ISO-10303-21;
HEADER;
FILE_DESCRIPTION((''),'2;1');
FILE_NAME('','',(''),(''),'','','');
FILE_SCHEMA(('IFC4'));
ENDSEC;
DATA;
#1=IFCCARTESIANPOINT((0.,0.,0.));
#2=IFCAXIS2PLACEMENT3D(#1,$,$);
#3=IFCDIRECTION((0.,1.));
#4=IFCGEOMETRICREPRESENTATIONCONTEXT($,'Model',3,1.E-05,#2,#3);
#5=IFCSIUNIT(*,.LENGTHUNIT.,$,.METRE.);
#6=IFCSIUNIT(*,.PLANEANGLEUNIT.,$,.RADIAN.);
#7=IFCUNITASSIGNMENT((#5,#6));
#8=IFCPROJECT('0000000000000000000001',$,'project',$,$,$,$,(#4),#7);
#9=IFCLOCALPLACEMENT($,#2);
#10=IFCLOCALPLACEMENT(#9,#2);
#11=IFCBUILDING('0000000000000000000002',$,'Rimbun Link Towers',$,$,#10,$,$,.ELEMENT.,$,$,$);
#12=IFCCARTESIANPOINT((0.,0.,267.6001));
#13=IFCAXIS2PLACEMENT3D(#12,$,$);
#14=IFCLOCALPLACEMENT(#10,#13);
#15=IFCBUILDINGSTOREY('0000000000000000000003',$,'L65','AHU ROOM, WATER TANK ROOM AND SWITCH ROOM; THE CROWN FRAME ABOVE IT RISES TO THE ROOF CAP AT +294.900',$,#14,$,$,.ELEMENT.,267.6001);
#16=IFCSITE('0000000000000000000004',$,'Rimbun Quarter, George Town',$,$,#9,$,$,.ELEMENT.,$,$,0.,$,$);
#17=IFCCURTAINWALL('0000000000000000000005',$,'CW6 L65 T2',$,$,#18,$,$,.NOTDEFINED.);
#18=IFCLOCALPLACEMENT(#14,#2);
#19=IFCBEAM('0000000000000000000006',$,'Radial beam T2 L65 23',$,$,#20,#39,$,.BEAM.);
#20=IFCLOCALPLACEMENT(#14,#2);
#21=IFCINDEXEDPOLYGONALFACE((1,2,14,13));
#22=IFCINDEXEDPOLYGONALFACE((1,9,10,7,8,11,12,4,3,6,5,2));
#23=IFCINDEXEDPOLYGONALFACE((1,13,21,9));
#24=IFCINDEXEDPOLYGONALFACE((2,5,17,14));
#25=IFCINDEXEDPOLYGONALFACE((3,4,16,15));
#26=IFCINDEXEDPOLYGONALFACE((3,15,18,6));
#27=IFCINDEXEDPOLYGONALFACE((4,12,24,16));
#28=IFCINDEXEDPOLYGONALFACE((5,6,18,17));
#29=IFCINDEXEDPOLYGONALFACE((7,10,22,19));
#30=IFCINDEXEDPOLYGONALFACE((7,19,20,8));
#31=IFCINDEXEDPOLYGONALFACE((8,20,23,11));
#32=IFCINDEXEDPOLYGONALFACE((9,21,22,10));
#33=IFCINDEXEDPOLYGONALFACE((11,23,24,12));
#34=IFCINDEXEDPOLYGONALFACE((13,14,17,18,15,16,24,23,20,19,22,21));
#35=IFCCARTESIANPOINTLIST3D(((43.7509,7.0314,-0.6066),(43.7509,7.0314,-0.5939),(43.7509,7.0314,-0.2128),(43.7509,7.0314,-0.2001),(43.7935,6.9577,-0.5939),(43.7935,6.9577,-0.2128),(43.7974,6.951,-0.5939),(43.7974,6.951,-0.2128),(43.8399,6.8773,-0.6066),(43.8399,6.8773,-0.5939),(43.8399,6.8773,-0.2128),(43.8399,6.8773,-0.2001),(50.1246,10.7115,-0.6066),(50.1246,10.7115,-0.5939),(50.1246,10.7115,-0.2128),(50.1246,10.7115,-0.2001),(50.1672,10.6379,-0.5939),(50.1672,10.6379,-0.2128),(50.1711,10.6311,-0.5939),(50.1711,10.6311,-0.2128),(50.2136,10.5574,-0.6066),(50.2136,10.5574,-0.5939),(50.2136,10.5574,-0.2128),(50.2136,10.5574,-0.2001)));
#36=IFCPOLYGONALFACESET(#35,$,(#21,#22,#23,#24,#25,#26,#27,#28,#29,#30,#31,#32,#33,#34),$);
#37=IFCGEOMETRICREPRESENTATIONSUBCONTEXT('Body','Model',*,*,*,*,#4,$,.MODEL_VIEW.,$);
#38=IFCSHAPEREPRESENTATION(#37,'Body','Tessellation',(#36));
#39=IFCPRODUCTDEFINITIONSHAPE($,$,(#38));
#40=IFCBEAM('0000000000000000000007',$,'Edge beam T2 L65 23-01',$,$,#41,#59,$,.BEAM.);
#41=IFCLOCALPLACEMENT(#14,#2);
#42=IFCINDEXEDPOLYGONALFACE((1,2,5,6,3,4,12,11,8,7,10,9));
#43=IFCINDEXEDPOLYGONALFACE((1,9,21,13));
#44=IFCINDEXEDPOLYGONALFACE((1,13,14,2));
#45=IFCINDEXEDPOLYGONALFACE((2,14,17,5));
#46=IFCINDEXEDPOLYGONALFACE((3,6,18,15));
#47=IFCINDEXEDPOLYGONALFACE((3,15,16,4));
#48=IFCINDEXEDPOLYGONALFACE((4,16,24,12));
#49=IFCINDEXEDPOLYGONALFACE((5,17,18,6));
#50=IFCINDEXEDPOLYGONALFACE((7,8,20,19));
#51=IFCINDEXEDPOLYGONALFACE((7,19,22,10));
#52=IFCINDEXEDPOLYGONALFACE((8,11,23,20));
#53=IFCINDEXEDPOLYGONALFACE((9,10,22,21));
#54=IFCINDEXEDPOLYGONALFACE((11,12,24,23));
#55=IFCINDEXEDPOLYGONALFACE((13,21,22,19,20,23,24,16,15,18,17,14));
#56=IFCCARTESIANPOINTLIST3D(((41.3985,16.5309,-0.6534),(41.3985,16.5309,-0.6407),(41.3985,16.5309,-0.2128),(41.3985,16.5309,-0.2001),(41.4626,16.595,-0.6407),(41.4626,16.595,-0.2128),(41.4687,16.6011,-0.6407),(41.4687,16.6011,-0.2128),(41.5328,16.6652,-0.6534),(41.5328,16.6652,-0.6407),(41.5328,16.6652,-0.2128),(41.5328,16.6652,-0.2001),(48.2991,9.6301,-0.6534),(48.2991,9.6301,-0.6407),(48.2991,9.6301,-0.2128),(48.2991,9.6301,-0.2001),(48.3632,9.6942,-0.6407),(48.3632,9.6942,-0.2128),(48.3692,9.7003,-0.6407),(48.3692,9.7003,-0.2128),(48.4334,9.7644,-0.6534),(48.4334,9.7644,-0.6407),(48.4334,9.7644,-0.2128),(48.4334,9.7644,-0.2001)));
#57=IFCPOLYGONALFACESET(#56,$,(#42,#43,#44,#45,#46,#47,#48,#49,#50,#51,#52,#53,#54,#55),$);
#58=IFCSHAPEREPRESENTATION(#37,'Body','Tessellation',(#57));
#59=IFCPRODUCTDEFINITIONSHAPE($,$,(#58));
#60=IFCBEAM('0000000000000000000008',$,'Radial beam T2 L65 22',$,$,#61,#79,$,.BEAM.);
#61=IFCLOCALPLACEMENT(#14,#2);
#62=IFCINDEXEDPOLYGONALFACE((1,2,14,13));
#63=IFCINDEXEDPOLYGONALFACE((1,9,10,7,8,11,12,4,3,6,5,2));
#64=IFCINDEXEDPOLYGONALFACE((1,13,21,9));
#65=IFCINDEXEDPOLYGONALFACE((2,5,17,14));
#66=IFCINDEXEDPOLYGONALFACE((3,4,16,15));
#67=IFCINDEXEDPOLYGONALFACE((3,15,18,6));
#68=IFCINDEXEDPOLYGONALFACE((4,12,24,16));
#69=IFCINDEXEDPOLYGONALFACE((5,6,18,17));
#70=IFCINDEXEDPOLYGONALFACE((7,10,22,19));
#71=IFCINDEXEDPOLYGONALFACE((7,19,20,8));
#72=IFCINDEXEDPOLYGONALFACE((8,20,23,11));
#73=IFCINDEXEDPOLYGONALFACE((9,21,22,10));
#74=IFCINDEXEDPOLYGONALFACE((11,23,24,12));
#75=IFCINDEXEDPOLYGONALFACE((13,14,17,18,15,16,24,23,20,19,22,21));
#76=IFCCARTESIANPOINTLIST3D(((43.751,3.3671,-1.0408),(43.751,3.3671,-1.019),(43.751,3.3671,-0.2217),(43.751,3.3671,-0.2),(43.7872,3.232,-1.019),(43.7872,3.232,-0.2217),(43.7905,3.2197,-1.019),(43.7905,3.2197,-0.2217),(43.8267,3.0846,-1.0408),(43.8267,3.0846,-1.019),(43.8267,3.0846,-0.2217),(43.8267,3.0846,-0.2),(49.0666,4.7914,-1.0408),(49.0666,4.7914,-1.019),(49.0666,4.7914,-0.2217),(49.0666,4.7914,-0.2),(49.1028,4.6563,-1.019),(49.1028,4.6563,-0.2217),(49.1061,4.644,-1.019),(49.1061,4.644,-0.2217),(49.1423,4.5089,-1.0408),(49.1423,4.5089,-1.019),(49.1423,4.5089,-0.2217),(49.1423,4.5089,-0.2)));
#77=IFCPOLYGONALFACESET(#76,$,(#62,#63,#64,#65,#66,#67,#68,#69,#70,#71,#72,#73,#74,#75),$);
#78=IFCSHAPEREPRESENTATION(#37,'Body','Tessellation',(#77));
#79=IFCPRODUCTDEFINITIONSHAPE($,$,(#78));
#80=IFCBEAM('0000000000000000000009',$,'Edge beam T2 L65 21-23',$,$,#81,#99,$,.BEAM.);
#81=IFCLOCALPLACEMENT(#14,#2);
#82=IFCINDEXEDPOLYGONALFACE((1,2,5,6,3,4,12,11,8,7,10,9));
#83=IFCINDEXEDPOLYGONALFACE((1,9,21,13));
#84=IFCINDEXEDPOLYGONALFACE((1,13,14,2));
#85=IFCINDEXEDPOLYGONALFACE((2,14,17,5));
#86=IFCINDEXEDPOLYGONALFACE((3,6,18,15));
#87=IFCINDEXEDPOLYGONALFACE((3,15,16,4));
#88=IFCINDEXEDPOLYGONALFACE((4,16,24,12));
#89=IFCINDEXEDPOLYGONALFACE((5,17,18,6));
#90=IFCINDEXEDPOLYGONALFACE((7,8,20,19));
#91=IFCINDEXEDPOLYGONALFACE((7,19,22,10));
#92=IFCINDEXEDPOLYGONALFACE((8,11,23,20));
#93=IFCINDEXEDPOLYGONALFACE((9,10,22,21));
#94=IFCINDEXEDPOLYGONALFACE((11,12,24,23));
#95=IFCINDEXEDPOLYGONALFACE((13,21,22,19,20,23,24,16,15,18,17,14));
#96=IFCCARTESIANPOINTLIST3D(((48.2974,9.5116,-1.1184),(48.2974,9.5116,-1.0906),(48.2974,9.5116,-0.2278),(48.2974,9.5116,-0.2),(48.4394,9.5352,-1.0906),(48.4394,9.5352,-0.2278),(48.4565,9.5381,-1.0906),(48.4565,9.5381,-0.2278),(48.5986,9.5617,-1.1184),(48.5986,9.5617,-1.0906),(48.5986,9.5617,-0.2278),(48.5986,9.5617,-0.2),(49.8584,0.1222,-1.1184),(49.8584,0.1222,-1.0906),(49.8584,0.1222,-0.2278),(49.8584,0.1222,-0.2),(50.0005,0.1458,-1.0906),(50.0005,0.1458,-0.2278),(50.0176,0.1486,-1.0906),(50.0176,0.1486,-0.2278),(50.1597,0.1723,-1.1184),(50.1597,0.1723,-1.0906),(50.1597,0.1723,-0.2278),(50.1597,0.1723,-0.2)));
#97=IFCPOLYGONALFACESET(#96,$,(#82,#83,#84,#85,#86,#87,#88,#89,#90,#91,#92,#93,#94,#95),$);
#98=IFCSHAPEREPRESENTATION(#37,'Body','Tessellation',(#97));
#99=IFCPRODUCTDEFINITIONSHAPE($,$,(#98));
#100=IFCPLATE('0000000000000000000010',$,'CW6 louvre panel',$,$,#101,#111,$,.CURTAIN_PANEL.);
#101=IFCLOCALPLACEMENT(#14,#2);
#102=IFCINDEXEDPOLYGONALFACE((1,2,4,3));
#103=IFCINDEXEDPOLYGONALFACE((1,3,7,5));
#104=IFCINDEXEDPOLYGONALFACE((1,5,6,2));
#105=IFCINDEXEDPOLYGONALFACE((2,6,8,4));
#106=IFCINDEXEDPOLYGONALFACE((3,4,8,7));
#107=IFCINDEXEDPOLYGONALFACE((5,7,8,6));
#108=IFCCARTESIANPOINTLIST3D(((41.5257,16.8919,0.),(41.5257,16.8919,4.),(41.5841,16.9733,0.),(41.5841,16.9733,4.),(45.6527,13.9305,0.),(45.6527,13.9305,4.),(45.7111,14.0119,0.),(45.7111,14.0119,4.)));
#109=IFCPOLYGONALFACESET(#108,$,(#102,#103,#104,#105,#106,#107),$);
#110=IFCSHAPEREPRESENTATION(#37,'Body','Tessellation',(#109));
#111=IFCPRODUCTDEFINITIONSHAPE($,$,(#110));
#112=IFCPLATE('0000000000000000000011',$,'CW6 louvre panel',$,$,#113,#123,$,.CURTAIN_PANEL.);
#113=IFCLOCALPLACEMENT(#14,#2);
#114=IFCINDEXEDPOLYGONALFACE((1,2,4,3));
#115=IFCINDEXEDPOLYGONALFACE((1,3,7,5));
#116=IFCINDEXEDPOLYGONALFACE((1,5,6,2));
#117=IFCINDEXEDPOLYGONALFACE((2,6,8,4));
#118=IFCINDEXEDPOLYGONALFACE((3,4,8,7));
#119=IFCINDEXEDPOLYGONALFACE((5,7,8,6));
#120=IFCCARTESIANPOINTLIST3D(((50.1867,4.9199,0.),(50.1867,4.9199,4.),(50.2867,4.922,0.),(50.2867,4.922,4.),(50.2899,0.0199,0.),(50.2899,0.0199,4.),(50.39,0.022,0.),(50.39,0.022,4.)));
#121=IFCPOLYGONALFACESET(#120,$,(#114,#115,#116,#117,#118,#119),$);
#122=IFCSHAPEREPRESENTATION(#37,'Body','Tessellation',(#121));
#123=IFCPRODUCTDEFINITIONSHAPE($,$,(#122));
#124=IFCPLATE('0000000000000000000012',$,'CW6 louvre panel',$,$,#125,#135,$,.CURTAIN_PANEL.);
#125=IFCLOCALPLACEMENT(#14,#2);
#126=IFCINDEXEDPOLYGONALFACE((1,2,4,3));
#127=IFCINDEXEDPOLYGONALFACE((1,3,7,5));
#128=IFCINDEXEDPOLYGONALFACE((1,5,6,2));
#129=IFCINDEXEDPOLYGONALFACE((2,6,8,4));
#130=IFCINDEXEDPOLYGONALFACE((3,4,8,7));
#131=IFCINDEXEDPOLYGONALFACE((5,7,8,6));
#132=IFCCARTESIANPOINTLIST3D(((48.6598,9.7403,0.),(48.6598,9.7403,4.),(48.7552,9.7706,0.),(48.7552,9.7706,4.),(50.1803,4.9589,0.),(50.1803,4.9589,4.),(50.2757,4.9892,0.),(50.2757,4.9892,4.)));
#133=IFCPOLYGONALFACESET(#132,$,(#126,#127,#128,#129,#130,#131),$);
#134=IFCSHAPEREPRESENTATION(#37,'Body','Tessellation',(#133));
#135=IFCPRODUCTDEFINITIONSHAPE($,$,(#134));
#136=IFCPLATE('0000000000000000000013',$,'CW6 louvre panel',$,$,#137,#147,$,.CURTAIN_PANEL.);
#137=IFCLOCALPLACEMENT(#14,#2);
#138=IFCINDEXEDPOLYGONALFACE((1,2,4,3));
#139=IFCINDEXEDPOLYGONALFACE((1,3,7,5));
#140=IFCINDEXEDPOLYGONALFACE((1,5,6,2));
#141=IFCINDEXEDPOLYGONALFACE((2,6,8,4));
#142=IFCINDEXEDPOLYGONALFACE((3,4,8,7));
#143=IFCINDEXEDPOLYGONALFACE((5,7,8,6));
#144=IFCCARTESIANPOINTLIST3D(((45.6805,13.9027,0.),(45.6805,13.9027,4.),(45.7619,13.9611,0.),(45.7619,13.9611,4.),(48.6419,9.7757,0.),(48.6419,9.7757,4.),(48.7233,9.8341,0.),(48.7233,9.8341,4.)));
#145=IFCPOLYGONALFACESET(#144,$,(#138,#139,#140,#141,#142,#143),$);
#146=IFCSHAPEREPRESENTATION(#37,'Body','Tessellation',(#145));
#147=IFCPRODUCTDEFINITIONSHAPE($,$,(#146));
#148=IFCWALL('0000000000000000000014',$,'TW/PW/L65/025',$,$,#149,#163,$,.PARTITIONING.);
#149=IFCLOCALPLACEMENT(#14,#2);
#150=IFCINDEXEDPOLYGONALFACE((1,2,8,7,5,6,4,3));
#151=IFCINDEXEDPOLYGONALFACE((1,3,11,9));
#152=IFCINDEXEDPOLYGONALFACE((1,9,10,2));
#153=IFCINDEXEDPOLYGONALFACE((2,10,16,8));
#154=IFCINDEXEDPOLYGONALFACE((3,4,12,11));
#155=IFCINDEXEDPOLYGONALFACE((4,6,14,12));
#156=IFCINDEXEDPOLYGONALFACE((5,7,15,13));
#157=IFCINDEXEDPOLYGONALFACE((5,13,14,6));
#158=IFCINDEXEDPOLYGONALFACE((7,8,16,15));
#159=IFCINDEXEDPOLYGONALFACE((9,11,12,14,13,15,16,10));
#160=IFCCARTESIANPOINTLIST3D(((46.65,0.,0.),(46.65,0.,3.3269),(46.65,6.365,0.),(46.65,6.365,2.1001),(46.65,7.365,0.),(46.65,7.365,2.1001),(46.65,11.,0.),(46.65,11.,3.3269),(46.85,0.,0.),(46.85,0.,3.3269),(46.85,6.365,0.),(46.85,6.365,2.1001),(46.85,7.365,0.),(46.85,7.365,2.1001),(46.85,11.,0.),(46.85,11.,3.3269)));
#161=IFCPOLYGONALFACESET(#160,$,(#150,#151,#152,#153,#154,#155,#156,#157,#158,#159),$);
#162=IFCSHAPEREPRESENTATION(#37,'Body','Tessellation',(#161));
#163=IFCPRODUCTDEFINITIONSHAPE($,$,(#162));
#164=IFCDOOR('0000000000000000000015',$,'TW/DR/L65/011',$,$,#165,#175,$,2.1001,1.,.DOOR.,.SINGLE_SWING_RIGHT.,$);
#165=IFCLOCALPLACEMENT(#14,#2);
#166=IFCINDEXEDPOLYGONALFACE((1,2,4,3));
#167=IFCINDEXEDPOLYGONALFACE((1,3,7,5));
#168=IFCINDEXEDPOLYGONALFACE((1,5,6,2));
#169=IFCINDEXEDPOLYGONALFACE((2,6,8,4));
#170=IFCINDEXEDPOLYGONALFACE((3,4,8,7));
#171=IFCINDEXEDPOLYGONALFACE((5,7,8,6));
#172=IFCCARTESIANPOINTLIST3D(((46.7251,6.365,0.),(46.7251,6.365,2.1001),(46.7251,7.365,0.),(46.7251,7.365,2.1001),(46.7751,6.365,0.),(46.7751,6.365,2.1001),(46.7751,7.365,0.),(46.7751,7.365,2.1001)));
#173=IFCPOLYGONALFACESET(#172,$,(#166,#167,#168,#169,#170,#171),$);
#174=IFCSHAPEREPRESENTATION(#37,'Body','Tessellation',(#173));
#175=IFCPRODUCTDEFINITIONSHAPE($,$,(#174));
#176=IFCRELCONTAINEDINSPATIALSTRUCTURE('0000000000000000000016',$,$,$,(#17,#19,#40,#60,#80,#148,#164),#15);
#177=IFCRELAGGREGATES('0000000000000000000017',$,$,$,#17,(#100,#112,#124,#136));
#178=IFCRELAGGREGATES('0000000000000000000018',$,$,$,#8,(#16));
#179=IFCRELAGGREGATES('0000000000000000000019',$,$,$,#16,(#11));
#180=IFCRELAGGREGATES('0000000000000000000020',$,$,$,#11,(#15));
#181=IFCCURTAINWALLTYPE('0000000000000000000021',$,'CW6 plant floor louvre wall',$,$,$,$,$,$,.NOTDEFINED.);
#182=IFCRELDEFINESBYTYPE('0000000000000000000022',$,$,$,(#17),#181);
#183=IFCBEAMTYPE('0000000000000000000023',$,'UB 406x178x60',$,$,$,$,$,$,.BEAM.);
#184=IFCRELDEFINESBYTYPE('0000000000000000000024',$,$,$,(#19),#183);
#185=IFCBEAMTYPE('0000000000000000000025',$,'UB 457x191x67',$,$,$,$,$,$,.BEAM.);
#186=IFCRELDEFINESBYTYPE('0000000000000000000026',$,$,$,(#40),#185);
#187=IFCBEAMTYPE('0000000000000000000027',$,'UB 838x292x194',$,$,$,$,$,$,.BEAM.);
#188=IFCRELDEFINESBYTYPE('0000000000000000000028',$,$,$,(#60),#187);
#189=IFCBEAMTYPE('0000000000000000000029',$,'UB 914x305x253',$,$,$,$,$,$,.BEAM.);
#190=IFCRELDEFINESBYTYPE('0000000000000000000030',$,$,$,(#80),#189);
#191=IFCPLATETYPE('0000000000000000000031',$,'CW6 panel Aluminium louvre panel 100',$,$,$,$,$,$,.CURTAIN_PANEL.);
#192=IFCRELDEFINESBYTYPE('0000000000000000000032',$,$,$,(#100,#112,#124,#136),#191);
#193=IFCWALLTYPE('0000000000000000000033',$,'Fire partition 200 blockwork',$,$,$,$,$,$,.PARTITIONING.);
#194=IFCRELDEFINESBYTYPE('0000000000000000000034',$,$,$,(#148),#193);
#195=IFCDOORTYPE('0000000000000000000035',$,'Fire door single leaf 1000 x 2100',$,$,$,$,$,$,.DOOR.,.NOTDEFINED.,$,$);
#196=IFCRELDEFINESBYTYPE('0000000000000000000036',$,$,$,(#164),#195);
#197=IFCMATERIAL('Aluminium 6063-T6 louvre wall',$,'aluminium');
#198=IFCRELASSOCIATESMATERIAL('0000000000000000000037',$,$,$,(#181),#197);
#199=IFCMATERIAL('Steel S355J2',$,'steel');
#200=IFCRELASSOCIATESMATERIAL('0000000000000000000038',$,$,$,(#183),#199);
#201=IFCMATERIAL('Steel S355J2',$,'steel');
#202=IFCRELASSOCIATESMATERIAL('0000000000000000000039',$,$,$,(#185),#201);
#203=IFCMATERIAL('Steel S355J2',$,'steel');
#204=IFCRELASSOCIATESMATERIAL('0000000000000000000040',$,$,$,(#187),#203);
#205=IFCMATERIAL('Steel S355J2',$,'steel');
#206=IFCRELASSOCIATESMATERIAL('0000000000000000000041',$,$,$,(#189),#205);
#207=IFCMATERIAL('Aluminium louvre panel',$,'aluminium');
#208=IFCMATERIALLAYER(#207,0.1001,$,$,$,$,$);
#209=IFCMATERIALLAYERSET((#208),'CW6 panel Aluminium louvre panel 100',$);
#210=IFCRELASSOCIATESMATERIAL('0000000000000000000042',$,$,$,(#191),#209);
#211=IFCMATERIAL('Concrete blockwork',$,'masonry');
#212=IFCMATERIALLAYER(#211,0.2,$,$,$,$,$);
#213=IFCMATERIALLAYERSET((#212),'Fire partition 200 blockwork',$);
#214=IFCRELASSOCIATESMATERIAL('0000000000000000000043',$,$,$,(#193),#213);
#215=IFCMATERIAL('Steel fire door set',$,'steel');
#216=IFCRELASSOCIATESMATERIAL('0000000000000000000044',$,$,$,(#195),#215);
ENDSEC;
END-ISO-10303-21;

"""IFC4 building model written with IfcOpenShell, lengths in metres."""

from ifc_helpers import new_model, si_unit, direction, frame, frame_2d, origin, origin_2d, place, context, subcontext, project, spatial, rectangle, i_section, extrude, material, layer, layer_set, material_profile, profile_set, type_object, element, fill, aggregate, save


model = new_model("IFC4")

# Units and contexts
model_context = context("Model", 3, precision=1e-05, world=origin(), true_north=direction((0.0, 1.0)))
body_context = subcontext(model_context, "Body", "Model", "MODEL_VIEW")
ifc_project = project(units=[si_unit("LENGTHUNIT", "METRE"), si_unit("PLANEANGLEUNIT", "RADIAN")], contexts=[model_context])

# Site, building, storey
site_placement = place(None, origin())
site = spatial("IfcSite", under=ifc_project, at=site_placement, Name="Rimbun Quarter, George Town", CompositionType="ELEMENT", RefElevation=0.0)
building_placement = place(site_placement, origin())
building = spatial("IfcBuilding", under=site, at=building_placement, Name="Rimbun Link Towers", CompositionType="ELEMENT")
storey_placement = place(building_placement, frame((0.0, 0.0, 267.6001)))
storey = spatial("IfcBuildingStorey", under=building, at=storey_placement, Name="L65", Description="AHU ROOM, WATER TANK ROOM AND SWITCH ROOM; THE CROWN FRAME ABOVE IT RISES TO THE ROOF CAP AT +294.900", CompositionType="ELEMENT", Elevation=267.6001)

# Curtain wall
ifc_material_1 = material(Name="Aluminium 6063-T6 louvre wall", Category="aluminium")
curtain_wall_type = type_object("IfcCurtainWallType", Name="CW6 plant floor louvre wall", PredefinedType="NOTDEFINED", material=ifc_material_1)
curtain_wall_placement = place(storey_placement, origin())
curtain_wall = element("IfcCurtainWall", 1, at=curtain_wall_placement, inside=storey, type_object=curtain_wall_type, Name="CW6 L65 T2", PredefinedType="NOTDEFINED")

# Beams
ifc_material_2 = material(Name="Steel S355J2", Category="steel")
ifc_material_profile_1 = material_profile(ifc_material_2, i_section(OverallWidth=0.178, OverallDepth=0.4065, WebThickness=0.0078, FlangeThickness=0.0127, at=origin_2d()), Name="UB 406x178x60")
ifc_profile_set_1 = profile_set([ifc_material_profile_1], Name="Steel S355J2")
beam_type_1 = type_object("IfcBeamType", Name="UB 406x178x60", PredefinedType="BEAM", material=ifc_profile_set_1)
beam_1_placement = place(storey_placement, frame((43.7954, 6.9543, -0.4033), z_axis=(0.866009, 0.500028, 0.0), x_axis=(-0.500028, 0.866009, 0.0)))
element("IfcBeam", 2, at=beam_1_placement, inside=storey, type_object=beam_type_1, Name="Radial beam T2 L65 23", PredefinedType="BEAM", context=body_context, shape_type="SweptSolid", body=[
    extrude(i_section(OverallWidth=0.178, OverallDepth=0.4065, WebThickness=0.0078, FlangeThickness=0.0127, at=origin_2d()), origin(), (0.0, 0.0, 1.0), 7.3599),
])
ifc_material_3 = material(Name="Steel S355J2", Category="steel")
ifc_material_profile_2 = material_profile(ifc_material_3, i_section(OverallWidth=0.1899, OverallDepth=0.4534, WebThickness=0.0085, FlangeThickness=0.0127, at=origin_2d()), Name="UB 457x191x67")
ifc_profile_set_2 = profile_set([ifc_material_profile_2], Name="Steel S355J2")
beam_type_2 = type_object("IfcBeamType", Name="UB 457x191x67", PredefinedType="BEAM", material=ifc_profile_set_2)
beam_2_placement = place(storey_placement, frame((48.3662, 9.6973, -0.4268), z_axis=(-0.707094, 0.707119, 0.0), x_axis=(-0.707119, -0.707094, 0.0)))
element("IfcBeam", 3, at=beam_2_placement, inside=storey, type_object=beam_type_2, Name="Edge beam T2 L65 23-01", PredefinedType="BEAM", context=body_context, shape_type="SweptSolid", body=[
    extrude(i_section(OverallWidth=0.1899, OverallDepth=0.4534, WebThickness=0.0085, FlangeThickness=0.0127, at=origin_2d()), origin(), (0.0, 0.0, 1.0), 9.759),
])
ifc_material_4 = material(Name="Steel S355J2", Category="steel")
ifc_material_profile_3 = material_profile(ifc_material_4, i_section(OverallWidth=0.2925, OverallDepth=0.8408, WebThickness=0.0127, FlangeThickness=0.0217, at=origin_2d()), Name="UB 838x292x194")
ifc_profile_set_3 = profile_set([ifc_material_profile_3], Name="Steel S355J2")
beam_type_3 = type_object("IfcBeamType", Name="UB 838x292x194", PredefinedType="BEAM", material=ifc_profile_set_3)
beam_3_placement = place(storey_placement, frame((43.7888, 3.2258, -0.6204), z_axis=(0.965926, 0.258817, 0.0), x_axis=(-0.258817, 0.965926, 0.0)))
element("IfcBeam", 4, at=beam_3_placement, inside=storey, type_object=beam_type_3, Name="Radial beam T2 L65 22", PredefinedType="BEAM", context=body_context, shape_type="SweptSolid", body=[
    extrude(i_section(OverallWidth=0.2925, OverallDepth=0.8408, WebThickness=0.0127, FlangeThickness=0.0217, at=origin_2d()), origin(), (0.0, 0.0, 1.0), 5.5032),
])
ifc_material_5 = material(Name="Steel S355J2", Category="steel")
ifc_material_profile_4 = material_profile(ifc_material_5, i_section(OverallWidth=0.3054, OverallDepth=0.9185, WebThickness=0.0173, FlangeThickness=0.0278, at=origin_2d()), Name="UB 914x305x253")
ifc_profile_set_4 = profile_set([ifc_material_profile_4], Name="Steel S355J2")
beam_type_4 = type_object("IfcBeamType", Name="UB 914x305x253", PredefinedType="BEAM", material=ifc_profile_set_4)
beam_4_placement = place(storey_placement, frame((50.009, 0.1472, -0.6592), z_axis=(-0.164004, 0.98646, 0.0), x_axis=(-0.98646, -0.164004, 0.0)))
element("IfcBeam", 5, at=beam_4_placement, inside=storey, type_object=beam_type_4, Name="Edge beam T2 L65 21-23", PredefinedType="BEAM", context=body_context, shape_type="SweptSolid", body=[
    extrude(i_section(OverallWidth=0.3054, OverallDepth=0.9185, WebThickness=0.0173, FlangeThickness=0.0278, at=origin_2d()), origin(), (0.0, 0.0, 1.0), 9.5183),
])

# Plates
ifc_material_6 = material(Name="Aluminium louvre panel", Category="aluminium")
ifc_layer_1 = layer(ifc_material_6, 0.1001)
ifc_layer_set_1 = layer_set([ifc_layer_1], Name="CW6 panel Aluminium louvre panel 100")
plate_type = type_object("IfcPlateType", Name="CW6 panel Aluminium louvre panel 100", PredefinedType="CURTAIN_PANEL", material=ifc_layer_set_1)
plate_1_placement = place(storey_placement, frame((43.6184, 15.4519, 0.0), z_axis=(0.0, 0.0, 1.0), x_axis=(0.81247, -0.583003, 0.0)))
plate_1 = element("IfcPlate", 6, at=plate_1_placement, type_object=plate_type, Name="CW6 louvre panel", PredefinedType="CURTAIN_PANEL", context=body_context, shape_type="SweptSolid", body=[
    extrude(rectangle(XDim=5.0796, YDim=0.1001, at=origin_2d()), origin(), (0.0, 0.0, 1.0), 4.0),
])
plate_2_placement = place(storey_placement, frame((50.2883, 2.4709, 0.0), z_axis=(0.0, 0.0, 1.0), x_axis=(0.021068, -0.999778, 0.0)))
plate_2 = element("IfcPlate", 7, at=plate_2_placement, type_object=plate_type, Name="CW6 louvre panel", PredefinedType="CURTAIN_PANEL", context=body_context, shape_type="SweptSolid", body=[
    extrude(rectangle(XDim=4.9011, YDim=0.1001, at=origin_2d()), origin(), (0.0, 0.0, 1.0), 4.0),
])
plate_3_placement = place(storey_placement, frame((49.4678, 7.3647, 0.0), z_axis=(0.0, 0.0, 1.0), x_axis=(0.303052, -0.952974, 0.0)))
plate_3 = element("IfcPlate", 8, at=plate_3_placement, type_object=plate_type, Name="CW6 louvre panel", PredefinedType="CURTAIN_PANEL", context=body_context, shape_type="SweptSolid", body=[
    extrude(rectangle(XDim=5.0173, YDim=0.1001, at=origin_2d()), origin(), (0.0, 0.0, 1.0), 4.0),
])
plate_4_placement = place(storey_placement, frame((47.2019, 11.8684, 0.0), z_axis=(0.0, 0.0, 1.0), x_axis=(0.583003, -0.81247, 0.0)))
plate_4 = element("IfcPlate", 9, at=plate_4_placement, type_object=plate_type, Name="CW6 louvre panel", PredefinedType="CURTAIN_PANEL", context=body_context, shape_type="SweptSolid", body=[
    extrude(rectangle(XDim=5.0796, YDim=0.1001, at=origin_2d()), origin(), (0.0, 0.0, 1.0), 4.0),
])
aggregate(curtain_wall, [plate_1, plate_2, plate_3, plate_4])

# Wall, opening, door
ifc_material_7 = material(Name="Concrete blockwork", Category="masonry")
ifc_layer_2 = layer(ifc_material_7, 0.2)
ifc_layer_set_2 = layer_set([ifc_layer_2], Name="Fire partition 200 blockwork")
wall_type = type_object("IfcWallType", Name="Fire partition 200 blockwork", PredefinedType="PARTITIONING", material=ifc_layer_set_2)
wall_1_placement = place(storey_placement, frame((46.75, 0.0, 0.0), z_axis=(0.0, 0.0, 1.0), x_axis=(0.0, 1.0, 0.0)))
wall_1 = element("IfcWall", 10, at=wall_1_placement, inside=storey, type_object=wall_type, Name="TW/PW/L65/025", PredefinedType="PARTITIONING", context=body_context, shape_type="SweptSolid", body=[
    extrude(rectangle(XDim=11.0, YDim=0.2, at=frame_2d((5.5, 0.0))), origin(), (0.0, 0.0, 1.0), 3.3269),
])
opening_placement = place(wall_1_placement, frame((6.365, 0.0, 0.0)))
opening = element("IfcOpeningElement", 11, at=opening_placement, cuts=wall_1, PredefinedType="OPENING", context=body_context, shape_type="SweptSolid", body=[
    extrude(rectangle(XDim=1.0, YDim=2.1001, at=frame_2d((0.5, 1.05))), frame((0.0, 0.1099, 0.0), z_axis=(0.0, -1.0, 0.0), x_axis=(1.0, 0.0, 0.0)), (0.0, 0.0, 1.0), 0.22),
])
ifc_material_8 = material(Name="Steel fire door set", Category="steel")
door_type = type_object("IfcDoorType", Name="Fire door single leaf 1000 x 2100", OperationType="NOTDEFINED", PredefinedType="DOOR", material=ifc_material_8)
door_placement = place(opening_placement, origin())
door = element("IfcDoor", 12, at=door_placement, inside=storey, type_object=door_type, Name="TW/DR/L65/011", OperationType="SINGLE_SWING_RIGHT", OverallHeight=2.1001, OverallWidth=1.0, PredefinedType="DOOR", context=body_context, shape_type="SweptSolid", body=[
    extrude(rectangle(XDim=1.0, YDim=2.1001, at=frame_2d((0.5, 1.05))), frame((0.0, 0.0249, 0.0), z_axis=(0.0, -1.0, 0.0), x_axis=(1.0, 0.0, 0.0)), (0.0, 0.0, 1.0), 0.05),
])
fill(opening, door)

save(model, "model.ifc")
